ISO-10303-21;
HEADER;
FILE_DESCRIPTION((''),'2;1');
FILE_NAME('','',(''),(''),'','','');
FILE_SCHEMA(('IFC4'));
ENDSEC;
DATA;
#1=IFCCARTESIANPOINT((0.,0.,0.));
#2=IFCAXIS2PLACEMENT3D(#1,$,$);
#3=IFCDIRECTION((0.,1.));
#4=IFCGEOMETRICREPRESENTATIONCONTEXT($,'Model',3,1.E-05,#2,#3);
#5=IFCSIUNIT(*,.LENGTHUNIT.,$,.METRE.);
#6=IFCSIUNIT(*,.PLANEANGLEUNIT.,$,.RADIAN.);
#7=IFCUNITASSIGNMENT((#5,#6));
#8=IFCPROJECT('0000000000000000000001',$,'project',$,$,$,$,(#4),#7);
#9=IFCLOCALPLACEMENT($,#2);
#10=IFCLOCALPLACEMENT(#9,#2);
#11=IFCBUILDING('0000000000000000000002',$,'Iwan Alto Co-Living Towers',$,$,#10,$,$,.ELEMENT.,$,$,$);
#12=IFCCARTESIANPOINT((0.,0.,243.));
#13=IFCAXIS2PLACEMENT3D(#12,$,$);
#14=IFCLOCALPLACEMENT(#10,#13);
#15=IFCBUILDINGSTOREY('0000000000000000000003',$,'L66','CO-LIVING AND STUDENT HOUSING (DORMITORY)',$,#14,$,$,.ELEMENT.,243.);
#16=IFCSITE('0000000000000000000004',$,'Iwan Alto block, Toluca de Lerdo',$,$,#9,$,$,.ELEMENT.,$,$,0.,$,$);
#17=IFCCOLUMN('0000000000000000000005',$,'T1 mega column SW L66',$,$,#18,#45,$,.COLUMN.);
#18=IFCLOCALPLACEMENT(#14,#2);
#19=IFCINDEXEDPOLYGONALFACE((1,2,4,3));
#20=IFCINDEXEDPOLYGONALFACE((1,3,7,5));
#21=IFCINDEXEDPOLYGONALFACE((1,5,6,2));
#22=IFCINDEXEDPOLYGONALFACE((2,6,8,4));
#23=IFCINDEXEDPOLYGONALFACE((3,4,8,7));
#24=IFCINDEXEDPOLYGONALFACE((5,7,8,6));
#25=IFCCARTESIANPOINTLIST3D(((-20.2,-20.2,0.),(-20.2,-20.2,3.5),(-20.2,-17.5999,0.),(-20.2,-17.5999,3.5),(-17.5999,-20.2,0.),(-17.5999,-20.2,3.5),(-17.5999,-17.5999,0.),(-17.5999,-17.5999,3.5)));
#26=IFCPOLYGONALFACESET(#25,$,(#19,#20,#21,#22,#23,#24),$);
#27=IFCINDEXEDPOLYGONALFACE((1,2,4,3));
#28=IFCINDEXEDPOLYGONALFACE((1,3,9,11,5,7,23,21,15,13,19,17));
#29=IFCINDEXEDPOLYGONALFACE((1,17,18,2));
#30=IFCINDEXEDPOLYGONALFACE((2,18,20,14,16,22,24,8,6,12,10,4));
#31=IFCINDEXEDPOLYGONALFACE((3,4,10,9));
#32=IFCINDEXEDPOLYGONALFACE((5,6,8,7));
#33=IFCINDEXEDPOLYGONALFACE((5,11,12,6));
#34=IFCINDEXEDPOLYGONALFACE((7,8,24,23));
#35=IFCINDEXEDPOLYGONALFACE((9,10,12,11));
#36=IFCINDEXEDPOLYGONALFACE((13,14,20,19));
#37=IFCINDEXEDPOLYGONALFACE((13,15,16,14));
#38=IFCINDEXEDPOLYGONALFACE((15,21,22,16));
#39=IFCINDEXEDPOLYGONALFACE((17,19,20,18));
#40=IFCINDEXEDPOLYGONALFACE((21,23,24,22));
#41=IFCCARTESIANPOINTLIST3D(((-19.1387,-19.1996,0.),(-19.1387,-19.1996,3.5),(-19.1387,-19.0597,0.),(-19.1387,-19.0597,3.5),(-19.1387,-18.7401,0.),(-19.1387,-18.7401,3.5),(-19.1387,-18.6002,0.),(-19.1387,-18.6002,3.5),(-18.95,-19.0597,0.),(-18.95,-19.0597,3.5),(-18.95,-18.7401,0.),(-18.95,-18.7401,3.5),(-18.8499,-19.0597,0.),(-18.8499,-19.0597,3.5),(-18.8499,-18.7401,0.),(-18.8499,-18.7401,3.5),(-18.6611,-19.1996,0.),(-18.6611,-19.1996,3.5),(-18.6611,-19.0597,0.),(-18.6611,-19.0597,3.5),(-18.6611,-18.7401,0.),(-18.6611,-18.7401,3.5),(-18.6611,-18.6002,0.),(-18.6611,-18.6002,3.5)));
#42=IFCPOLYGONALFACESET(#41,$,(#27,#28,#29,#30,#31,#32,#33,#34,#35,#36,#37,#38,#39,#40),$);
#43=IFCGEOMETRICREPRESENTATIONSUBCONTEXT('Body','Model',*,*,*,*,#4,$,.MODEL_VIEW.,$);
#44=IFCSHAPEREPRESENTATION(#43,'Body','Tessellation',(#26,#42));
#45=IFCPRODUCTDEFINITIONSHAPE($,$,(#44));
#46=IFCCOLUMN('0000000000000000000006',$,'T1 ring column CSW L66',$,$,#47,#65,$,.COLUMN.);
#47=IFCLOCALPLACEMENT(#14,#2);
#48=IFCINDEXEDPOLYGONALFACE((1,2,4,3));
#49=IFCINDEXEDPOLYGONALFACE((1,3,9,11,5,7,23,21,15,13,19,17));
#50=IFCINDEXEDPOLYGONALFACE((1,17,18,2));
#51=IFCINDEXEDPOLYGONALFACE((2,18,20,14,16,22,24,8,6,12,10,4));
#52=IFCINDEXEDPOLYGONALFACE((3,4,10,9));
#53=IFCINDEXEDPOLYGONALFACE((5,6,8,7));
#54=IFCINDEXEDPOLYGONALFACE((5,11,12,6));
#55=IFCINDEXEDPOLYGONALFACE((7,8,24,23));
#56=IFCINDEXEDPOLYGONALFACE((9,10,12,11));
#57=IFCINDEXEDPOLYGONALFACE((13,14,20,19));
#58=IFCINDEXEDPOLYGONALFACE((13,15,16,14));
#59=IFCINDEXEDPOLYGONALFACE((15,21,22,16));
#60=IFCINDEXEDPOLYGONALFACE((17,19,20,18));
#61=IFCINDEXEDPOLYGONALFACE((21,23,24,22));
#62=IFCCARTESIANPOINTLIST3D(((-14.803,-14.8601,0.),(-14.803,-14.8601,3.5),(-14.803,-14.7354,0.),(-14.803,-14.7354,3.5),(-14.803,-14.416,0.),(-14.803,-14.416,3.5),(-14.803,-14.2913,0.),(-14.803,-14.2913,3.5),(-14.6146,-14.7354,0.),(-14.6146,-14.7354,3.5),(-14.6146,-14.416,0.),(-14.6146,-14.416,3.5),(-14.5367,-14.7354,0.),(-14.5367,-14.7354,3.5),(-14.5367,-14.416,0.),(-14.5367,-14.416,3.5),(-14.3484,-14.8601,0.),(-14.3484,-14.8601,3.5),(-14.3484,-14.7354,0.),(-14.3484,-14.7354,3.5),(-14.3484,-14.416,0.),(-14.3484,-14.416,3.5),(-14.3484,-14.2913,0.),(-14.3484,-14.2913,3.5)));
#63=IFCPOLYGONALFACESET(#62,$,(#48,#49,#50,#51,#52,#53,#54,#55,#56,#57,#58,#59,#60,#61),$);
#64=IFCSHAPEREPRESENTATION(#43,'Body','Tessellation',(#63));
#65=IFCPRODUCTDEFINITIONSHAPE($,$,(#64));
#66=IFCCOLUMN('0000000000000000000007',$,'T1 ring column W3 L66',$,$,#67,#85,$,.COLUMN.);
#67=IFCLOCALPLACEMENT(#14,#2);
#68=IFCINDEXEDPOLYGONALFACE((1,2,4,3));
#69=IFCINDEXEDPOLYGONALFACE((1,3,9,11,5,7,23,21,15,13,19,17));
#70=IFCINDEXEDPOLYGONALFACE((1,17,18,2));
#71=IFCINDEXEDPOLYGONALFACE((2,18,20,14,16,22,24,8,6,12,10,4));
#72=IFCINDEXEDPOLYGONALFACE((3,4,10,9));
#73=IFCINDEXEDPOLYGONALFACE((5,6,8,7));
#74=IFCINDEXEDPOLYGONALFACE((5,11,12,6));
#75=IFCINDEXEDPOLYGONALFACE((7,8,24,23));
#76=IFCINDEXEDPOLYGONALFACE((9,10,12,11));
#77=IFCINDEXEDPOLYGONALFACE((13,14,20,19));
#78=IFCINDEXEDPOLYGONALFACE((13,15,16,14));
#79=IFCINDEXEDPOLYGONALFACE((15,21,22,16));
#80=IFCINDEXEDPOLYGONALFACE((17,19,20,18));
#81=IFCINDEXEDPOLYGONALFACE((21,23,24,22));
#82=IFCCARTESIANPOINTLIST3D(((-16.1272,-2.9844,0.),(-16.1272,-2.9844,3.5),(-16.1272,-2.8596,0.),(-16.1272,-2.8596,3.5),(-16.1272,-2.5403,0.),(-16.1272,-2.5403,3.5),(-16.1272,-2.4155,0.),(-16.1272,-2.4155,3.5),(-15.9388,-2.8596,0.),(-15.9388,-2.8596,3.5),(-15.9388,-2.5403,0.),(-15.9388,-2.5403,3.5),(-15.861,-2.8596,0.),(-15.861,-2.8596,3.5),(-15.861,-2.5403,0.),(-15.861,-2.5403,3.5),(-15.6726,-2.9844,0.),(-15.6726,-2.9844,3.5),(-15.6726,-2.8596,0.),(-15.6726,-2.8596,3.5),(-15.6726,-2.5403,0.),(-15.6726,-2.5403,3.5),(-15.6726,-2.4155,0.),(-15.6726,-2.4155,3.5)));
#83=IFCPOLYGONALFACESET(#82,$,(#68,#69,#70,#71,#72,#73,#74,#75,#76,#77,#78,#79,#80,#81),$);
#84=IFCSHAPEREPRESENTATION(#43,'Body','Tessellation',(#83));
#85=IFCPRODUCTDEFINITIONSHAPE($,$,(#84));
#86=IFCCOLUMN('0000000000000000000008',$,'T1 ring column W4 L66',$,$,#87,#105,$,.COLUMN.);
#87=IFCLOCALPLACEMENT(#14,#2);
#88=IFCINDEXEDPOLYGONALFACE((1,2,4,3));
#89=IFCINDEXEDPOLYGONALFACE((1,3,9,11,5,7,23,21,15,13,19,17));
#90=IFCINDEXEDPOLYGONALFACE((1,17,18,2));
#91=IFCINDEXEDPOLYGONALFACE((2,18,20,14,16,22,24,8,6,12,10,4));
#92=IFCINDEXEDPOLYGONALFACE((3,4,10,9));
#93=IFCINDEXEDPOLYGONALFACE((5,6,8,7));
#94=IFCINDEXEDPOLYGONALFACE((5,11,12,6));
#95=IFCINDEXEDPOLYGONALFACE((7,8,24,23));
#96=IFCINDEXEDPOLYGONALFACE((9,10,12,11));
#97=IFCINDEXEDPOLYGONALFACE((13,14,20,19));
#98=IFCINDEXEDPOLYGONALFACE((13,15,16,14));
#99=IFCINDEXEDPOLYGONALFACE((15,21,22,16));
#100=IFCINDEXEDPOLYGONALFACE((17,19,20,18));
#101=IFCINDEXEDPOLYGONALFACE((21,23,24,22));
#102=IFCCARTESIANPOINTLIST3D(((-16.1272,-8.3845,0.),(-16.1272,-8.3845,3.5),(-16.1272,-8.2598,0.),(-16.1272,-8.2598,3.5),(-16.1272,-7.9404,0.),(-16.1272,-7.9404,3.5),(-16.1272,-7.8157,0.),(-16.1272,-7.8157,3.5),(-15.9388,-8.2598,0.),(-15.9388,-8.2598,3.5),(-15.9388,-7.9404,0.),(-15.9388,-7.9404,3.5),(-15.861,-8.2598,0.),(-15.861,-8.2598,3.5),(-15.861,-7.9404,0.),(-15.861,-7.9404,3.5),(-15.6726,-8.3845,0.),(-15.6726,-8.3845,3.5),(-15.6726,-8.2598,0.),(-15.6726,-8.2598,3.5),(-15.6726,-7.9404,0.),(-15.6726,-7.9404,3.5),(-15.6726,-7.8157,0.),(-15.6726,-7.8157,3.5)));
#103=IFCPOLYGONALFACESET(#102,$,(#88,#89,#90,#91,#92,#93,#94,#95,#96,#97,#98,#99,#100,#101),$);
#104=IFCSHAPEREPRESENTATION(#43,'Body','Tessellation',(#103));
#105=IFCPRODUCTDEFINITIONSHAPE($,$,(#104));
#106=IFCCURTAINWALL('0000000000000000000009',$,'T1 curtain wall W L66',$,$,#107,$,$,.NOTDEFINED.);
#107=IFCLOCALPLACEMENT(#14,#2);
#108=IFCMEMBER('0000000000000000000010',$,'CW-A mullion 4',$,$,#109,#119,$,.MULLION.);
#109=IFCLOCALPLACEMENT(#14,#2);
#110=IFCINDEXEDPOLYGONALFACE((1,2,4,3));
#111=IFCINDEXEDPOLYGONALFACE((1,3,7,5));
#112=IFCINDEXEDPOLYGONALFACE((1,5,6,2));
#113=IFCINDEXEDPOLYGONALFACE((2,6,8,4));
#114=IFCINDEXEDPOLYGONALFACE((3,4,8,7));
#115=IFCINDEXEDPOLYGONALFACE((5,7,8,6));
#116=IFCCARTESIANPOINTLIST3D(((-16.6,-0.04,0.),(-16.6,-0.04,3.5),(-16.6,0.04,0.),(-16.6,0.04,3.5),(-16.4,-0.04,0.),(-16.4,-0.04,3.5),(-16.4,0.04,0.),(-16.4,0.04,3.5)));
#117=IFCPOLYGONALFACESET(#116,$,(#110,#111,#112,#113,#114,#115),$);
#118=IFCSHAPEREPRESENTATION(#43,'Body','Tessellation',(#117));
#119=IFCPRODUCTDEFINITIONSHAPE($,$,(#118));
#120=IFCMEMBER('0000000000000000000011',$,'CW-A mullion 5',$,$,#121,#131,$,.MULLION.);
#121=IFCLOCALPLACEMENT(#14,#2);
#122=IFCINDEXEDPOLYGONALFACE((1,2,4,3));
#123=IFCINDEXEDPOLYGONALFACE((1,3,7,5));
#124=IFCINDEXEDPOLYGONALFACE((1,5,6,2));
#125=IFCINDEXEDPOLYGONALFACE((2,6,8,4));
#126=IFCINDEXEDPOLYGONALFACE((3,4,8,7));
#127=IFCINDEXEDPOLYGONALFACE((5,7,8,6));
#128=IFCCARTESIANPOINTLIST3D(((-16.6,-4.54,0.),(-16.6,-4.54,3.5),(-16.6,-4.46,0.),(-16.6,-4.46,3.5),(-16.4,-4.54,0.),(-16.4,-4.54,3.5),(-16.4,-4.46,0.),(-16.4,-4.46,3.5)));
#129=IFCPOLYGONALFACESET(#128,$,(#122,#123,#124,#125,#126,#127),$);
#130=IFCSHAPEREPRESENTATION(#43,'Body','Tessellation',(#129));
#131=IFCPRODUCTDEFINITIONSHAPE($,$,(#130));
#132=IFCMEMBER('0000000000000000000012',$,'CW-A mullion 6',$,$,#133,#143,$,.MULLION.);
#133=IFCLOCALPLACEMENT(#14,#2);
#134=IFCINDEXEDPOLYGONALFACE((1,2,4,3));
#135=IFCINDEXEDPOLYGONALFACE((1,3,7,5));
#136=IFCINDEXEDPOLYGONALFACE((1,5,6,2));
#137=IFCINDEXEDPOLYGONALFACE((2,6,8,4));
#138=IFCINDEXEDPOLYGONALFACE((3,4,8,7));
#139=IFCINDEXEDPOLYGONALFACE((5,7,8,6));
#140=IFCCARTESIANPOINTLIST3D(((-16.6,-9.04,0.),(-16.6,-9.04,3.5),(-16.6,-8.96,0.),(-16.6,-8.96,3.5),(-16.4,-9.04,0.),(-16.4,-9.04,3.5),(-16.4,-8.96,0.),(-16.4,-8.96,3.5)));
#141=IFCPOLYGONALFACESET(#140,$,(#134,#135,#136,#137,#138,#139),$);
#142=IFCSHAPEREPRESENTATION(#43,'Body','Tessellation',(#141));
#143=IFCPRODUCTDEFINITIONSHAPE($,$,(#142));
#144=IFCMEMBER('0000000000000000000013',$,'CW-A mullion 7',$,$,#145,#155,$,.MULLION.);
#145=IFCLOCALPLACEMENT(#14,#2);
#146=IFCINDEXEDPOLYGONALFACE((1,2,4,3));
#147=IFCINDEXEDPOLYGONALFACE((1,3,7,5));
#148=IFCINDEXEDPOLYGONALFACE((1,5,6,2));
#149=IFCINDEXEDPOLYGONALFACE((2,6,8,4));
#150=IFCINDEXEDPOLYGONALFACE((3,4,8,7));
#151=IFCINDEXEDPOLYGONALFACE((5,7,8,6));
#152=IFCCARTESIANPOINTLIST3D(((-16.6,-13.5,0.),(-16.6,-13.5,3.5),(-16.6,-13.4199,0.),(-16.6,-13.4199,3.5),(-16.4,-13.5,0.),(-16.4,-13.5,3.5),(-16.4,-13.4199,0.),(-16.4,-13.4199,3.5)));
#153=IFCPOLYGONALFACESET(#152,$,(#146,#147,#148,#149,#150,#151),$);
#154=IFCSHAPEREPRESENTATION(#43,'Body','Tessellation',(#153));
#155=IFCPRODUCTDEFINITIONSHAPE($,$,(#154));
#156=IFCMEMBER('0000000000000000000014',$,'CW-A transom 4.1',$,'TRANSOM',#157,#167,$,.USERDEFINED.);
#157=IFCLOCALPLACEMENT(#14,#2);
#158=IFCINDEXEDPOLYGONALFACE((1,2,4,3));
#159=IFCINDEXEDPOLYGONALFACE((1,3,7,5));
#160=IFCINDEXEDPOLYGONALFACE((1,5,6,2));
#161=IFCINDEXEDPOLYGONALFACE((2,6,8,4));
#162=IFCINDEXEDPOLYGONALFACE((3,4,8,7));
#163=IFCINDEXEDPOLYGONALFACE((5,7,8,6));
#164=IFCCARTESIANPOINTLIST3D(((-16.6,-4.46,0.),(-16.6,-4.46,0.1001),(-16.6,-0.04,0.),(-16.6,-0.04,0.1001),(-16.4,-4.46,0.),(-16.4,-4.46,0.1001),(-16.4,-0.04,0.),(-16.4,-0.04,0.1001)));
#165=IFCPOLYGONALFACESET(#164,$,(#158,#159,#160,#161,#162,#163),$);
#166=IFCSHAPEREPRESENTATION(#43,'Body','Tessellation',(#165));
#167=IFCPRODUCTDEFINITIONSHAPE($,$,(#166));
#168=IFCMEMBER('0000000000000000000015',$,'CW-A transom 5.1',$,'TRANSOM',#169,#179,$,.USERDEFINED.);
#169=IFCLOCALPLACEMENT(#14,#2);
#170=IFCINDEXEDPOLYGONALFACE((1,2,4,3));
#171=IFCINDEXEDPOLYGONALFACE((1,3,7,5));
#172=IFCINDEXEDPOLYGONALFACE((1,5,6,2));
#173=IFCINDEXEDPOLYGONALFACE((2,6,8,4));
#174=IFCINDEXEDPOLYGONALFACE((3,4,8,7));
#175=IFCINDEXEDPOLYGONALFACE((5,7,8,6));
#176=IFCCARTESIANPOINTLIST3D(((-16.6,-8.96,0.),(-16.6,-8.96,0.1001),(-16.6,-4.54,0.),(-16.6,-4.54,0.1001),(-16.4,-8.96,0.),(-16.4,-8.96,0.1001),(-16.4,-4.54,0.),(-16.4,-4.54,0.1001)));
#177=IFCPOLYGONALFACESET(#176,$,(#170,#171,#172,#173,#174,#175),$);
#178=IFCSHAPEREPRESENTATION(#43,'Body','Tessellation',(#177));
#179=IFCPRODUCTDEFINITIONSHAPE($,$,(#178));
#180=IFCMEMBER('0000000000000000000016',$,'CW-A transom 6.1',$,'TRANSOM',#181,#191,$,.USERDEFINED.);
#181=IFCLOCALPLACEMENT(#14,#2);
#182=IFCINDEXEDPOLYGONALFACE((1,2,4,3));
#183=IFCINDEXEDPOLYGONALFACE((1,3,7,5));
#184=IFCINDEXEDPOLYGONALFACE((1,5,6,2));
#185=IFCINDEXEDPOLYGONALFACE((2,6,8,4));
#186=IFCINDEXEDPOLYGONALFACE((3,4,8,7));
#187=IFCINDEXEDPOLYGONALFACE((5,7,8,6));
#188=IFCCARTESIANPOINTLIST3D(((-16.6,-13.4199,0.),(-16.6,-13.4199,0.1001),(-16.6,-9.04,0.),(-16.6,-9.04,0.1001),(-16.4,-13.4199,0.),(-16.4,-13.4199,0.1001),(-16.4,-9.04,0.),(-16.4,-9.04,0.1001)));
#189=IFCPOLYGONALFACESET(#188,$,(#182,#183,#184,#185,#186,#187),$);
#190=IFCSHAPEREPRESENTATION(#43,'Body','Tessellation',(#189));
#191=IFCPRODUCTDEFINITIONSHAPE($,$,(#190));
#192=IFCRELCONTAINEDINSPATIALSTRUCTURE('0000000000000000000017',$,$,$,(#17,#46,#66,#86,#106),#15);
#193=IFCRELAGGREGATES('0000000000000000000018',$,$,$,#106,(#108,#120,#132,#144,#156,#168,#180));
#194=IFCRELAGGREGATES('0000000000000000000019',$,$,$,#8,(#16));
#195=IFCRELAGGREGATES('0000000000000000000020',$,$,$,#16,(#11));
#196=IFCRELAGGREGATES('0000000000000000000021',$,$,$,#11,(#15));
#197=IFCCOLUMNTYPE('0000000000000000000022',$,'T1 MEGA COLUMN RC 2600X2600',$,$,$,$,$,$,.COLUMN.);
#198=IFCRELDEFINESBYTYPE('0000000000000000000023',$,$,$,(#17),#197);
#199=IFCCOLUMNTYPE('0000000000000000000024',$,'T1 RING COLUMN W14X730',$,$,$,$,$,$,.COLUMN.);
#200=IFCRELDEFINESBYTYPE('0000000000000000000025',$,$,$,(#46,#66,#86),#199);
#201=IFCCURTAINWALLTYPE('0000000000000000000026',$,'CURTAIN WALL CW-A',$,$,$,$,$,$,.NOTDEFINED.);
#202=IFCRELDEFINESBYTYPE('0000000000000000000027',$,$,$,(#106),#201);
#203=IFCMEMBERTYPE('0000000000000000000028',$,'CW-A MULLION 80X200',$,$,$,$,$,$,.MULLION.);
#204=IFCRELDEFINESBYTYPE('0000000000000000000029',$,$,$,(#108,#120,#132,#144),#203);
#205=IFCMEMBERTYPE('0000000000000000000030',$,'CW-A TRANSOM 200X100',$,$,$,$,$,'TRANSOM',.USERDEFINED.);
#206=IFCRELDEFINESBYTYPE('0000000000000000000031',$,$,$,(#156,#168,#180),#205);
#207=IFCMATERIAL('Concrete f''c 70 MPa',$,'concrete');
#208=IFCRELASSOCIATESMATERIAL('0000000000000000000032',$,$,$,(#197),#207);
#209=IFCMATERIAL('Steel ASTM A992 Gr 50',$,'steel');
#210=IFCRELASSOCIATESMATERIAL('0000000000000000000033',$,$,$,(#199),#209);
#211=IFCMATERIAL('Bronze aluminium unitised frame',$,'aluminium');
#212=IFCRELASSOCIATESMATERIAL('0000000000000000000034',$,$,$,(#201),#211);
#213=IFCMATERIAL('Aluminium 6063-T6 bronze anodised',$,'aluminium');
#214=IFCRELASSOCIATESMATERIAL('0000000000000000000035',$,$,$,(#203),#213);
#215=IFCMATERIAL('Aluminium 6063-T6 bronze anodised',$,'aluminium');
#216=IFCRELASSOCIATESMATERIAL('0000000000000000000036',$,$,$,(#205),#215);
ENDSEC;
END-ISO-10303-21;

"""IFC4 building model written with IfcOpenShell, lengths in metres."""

from ifc_helpers import new_model, si_unit, direction, frame, origin, origin_2d, place, context, subcontext, project, spatial, rectangle, i_section, extrude, material, material_profile, profile_set, type_object, element, aggregate, save


model = new_model("IFC4")

# Units and contexts
model_context = context("Model", 3, precision=1e-05, world=origin(), true_north=direction((0.0, 1.0)))
body_context = subcontext(model_context, "Body", "Model", "MODEL_VIEW")
ifc_project = project(units=[si_unit("LENGTHUNIT", "METRE"), si_unit("PLANEANGLEUNIT", "RADIAN")], contexts=[model_context])

# Site, building, storey
site_placement = place(None, origin())
site = spatial("IfcSite", under=ifc_project, at=site_placement, Name="Iwan Alto block, Toluca de Lerdo", CompositionType="ELEMENT", RefElevation=0.0)
building_placement = place(site_placement, origin())
building = spatial("IfcBuilding", under=site, at=building_placement, Name="Iwan Alto Co-Living Towers", CompositionType="ELEMENT")
storey_placement = place(building_placement, frame((0.0, 0.0, 243.0)))
storey = spatial("IfcBuildingStorey", under=building, at=storey_placement, Name="L66", Description="CO-LIVING AND STUDENT HOUSING (DORMITORY)", CompositionType="ELEMENT", Elevation=243.0)

# Columns
ifc_material_1 = material(Name="Concrete f'c 70 MPa", Category="concrete")
ifc_material_profile_1 = material_profile(ifc_material_1, rectangle(XDim=2.6001, YDim=2.6001, at=origin_2d()), Name="RC 2600X2600")
ifc_profile_set_1 = profile_set([ifc_material_profile_1], Name="Concrete f'c 70 MPa")
column_type_1 = type_object("IfcColumnType", Name="T1 MEGA COLUMN RC 2600X2600", PredefinedType="COLUMN", material=ifc_profile_set_1)
column_placement = place(storey_placement, frame((-18.8999, -18.8999, 0.0), z_axis=(0.0, 0.0, 1.0), x_axis=(1.0, 0.0, 0.0)))
element("IfcColumn", 1, at=column_placement, inside=storey, type_object=column_type_1, Name="T1 mega column SW L66", PredefinedType="COLUMN", context=body_context, shape_type="SweptSolid", body=[
    extrude(rectangle(XDim=2.6001, YDim=2.6001, at=origin_2d()), origin(), (0.0, 0.0, 1.0), 3.5),
    extrude(i_section(OverallWidth=0.4775, OverallDepth=0.5994, WebThickness=0.1001, FlangeThickness=0.1399, at=origin_2d()), origin(), (0.0, 0.0, 1.0), 3.5),
])
ifc_material_2 = material(Name="Steel ASTM A992 Gr 50", Category="steel")
ifc_material_profile_2 = material_profile(ifc_material_2, i_section(OverallWidth=0.4546, OverallDepth=0.5688, WebThickness=0.0779, FlangeThickness=0.1248, at=origin_2d()), Name="W14X730")
ifc_profile_set_2 = profile_set([ifc_material_profile_2], Name="Steel ASTM A992 Gr 50")
column_type_2 = type_object("IfcColumnType", Name="T1 RING COLUMN W14X730", PredefinedType="COLUMN", material=ifc_profile_set_2)
for number, where, z_axis, x_axis, name in (
    (2, (-14.5757, -14.5757, 0.0), (0.0, 0.0, 1.0), (1.0, 0.0, 0.0), "T1 ring column CSW L66"),
    (3, (-15.8999, -2.7, 0.0), (0.0, 0.0, 1.0), (1.0, 0.0, 0.0), "T1 ring column W3 L66"),
    (4, (-15.8999, -8.1001, 0.0), (0.0, 0.0, 1.0), (1.0, 0.0, 0.0), "T1 ring column W4 L66"),
):
    element("IfcColumn", number, at=place(storey_placement, frame(where, z_axis=z_axis, x_axis=x_axis)), inside=storey, type_object=column_type_2, Name=name, PredefinedType="COLUMN", context=body_context, shape_type="SweptSolid", body=[
        extrude(i_section(OverallWidth=0.4546, OverallDepth=0.5688, WebThickness=0.0779, FlangeThickness=0.1248, at=origin_2d()), origin(), (0.0, 0.0, 1.0), 3.5),
    ])

# Curtain wall, members
ifc_material_3 = material(Name="Bronze aluminium unitised frame", Category="aluminium")
curtain_wall_type_1 = type_object("IfcCurtainWallType", Name="CURTAIN WALL CW-A", PredefinedType="NOTDEFINED", material=ifc_material_3)
curtain_wall_1_placement = place(storey_placement, origin())
curtain_wall_1 = element("IfcCurtainWall", 5, at=curtain_wall_1_placement, inside=storey, type_object=curtain_wall_type_1, Name="T1 curtain wall W L66", PredefinedType="NOTDEFINED")
ifc_material_4 = material(Name="Aluminium 6063-T6 bronze anodised", Category="aluminium")
ifc_material_profile_3 = material_profile(ifc_material_4, rectangle(XDim=0.2, YDim=0.0801, at=origin_2d()), Name="AL 80X200")
ifc_profile_set_3 = profile_set([ifc_material_profile_3], Name="Aluminium 6063-T6 bronze anodised")
member_type_1 = type_object("IfcMemberType", Name="CW-A MULLION 80X200", PredefinedType="MULLION", material=ifc_profile_set_3)
member_1_placement = place(storey_placement, frame((-16.5, 0.0, 0.0), z_axis=(0.0, 0.0, 1.0), x_axis=(1.0, 0.0, 0.0)))
member_1 = element("IfcMember", 6, at=member_1_placement, type_object=member_type_1, Name="CW-A mullion 4", PredefinedType="MULLION", context=body_context, shape_type="SweptSolid", body=[
    extrude(rectangle(XDim=0.2, YDim=0.0801, at=origin_2d()), origin(), (0.0, 0.0, 1.0), 3.5),
])
member_2_placement = place(storey_placement, frame((-16.5, -4.5, 0.0), z_axis=(0.0, 0.0, 1.0), x_axis=(1.0, 0.0, 0.0)))
member_2 = element("IfcMember", 7, at=member_2_placement, type_object=member_type_1, Name="CW-A mullion 5", PredefinedType="MULLION", context=body_context, shape_type="SweptSolid", body=[
    extrude(rectangle(XDim=0.2, YDim=0.0801, at=origin_2d()), origin(), (0.0, 0.0, 1.0), 3.5),
])
member_3_placement = place(storey_placement, frame((-16.5, -9.0, 0.0), z_axis=(0.0, 0.0, 1.0), x_axis=(1.0, 0.0, 0.0)))
member_3 = element("IfcMember", 8, at=member_3_placement, type_object=member_type_1, Name="CW-A mullion 6", PredefinedType="MULLION", context=body_context, shape_type="SweptSolid", body=[
    extrude(rectangle(XDim=0.2, YDim=0.0801, at=origin_2d()), origin(), (0.0, 0.0, 1.0), 3.5),
])
member_4_placement = place(storey_placement, frame((-16.5, -13.46, 0.0), z_axis=(0.0, 0.0, 1.0), x_axis=(1.0, 0.0, 0.0)))
member_4 = element("IfcMember", 9, at=member_4_placement, type_object=member_type_1, Name="CW-A mullion 7", PredefinedType="MULLION", context=body_context, shape_type="SweptSolid", body=[
    extrude(rectangle(XDim=0.2, YDim=0.0801, at=origin_2d()), origin(), (0.0, 0.0, 1.0), 3.5),
])
ifc_material_5 = material(Name="Aluminium 6063-T6 bronze anodised", Category="aluminium")
ifc_material_profile_4 = material_profile(ifc_material_5, rectangle(XDim=0.2, YDim=0.1001, at=origin_2d()), Name="AL 200X100")
ifc_profile_set_4 = profile_set([ifc_material_profile_4], Name="Aluminium 6063-T6 bronze anodised")
member_type_2 = type_object("IfcMemberType", Name="CW-A TRANSOM 200X100", ElementType="TRANSOM", PredefinedType="USERDEFINED", material=ifc_profile_set_4)
member_5_placement = place(storey_placement, frame((-16.5, -0.04, 0.05), z_axis=(0.0, -1.0, 0.0), x_axis=(1.0, 0.0, 0.0)))
member_5 = element("IfcMember", 10, at=member_5_placement, type_object=member_type_2, Name="CW-A transom 4.1", ObjectType="TRANSOM", PredefinedType="USERDEFINED", context=body_context, shape_type="SweptSolid", body=[
    extrude(rectangle(XDim=0.2, YDim=0.1001, at=origin_2d()), origin(), (0.0, 0.0, 1.0), 4.4199),
])
member_6_placement = place(storey_placement, frame((-16.5, -4.54, 0.05), z_axis=(0.0, -1.0, 0.0), x_axis=(1.0, 0.0, 0.0)))
member_6 = element("IfcMember", 11, at=member_6_placement, type_object=member_type_2, Name="CW-A transom 5.1", ObjectType="TRANSOM", PredefinedType="USERDEFINED", context=body_context, shape_type="SweptSolid", body=[
    extrude(rectangle(XDim=0.2, YDim=0.1001, at=origin_2d()), origin(), (0.0, 0.0, 1.0), 4.4199),
])
member_7_placement = place(storey_placement, frame((-16.5, -9.04, 0.05), z_axis=(0.0, -1.0, 0.0), x_axis=(1.0, 0.0, 0.0)))
member_7 = element("IfcMember", 12, at=member_7_placement, type_object=member_type_2, Name="CW-A transom 6.1", ObjectType="TRANSOM", PredefinedType="USERDEFINED", context=body_context, shape_type="SweptSolid", body=[
    extrude(rectangle(XDim=0.2, YDim=0.1001, at=origin_2d()), origin(), (0.0, 0.0, 1.0), 4.3799),
])

aggregate(curtain_wall_1, [member_1, member_2, member_3, member_4, member_5, member_6, member_7])

save(model, "model.ifc")
